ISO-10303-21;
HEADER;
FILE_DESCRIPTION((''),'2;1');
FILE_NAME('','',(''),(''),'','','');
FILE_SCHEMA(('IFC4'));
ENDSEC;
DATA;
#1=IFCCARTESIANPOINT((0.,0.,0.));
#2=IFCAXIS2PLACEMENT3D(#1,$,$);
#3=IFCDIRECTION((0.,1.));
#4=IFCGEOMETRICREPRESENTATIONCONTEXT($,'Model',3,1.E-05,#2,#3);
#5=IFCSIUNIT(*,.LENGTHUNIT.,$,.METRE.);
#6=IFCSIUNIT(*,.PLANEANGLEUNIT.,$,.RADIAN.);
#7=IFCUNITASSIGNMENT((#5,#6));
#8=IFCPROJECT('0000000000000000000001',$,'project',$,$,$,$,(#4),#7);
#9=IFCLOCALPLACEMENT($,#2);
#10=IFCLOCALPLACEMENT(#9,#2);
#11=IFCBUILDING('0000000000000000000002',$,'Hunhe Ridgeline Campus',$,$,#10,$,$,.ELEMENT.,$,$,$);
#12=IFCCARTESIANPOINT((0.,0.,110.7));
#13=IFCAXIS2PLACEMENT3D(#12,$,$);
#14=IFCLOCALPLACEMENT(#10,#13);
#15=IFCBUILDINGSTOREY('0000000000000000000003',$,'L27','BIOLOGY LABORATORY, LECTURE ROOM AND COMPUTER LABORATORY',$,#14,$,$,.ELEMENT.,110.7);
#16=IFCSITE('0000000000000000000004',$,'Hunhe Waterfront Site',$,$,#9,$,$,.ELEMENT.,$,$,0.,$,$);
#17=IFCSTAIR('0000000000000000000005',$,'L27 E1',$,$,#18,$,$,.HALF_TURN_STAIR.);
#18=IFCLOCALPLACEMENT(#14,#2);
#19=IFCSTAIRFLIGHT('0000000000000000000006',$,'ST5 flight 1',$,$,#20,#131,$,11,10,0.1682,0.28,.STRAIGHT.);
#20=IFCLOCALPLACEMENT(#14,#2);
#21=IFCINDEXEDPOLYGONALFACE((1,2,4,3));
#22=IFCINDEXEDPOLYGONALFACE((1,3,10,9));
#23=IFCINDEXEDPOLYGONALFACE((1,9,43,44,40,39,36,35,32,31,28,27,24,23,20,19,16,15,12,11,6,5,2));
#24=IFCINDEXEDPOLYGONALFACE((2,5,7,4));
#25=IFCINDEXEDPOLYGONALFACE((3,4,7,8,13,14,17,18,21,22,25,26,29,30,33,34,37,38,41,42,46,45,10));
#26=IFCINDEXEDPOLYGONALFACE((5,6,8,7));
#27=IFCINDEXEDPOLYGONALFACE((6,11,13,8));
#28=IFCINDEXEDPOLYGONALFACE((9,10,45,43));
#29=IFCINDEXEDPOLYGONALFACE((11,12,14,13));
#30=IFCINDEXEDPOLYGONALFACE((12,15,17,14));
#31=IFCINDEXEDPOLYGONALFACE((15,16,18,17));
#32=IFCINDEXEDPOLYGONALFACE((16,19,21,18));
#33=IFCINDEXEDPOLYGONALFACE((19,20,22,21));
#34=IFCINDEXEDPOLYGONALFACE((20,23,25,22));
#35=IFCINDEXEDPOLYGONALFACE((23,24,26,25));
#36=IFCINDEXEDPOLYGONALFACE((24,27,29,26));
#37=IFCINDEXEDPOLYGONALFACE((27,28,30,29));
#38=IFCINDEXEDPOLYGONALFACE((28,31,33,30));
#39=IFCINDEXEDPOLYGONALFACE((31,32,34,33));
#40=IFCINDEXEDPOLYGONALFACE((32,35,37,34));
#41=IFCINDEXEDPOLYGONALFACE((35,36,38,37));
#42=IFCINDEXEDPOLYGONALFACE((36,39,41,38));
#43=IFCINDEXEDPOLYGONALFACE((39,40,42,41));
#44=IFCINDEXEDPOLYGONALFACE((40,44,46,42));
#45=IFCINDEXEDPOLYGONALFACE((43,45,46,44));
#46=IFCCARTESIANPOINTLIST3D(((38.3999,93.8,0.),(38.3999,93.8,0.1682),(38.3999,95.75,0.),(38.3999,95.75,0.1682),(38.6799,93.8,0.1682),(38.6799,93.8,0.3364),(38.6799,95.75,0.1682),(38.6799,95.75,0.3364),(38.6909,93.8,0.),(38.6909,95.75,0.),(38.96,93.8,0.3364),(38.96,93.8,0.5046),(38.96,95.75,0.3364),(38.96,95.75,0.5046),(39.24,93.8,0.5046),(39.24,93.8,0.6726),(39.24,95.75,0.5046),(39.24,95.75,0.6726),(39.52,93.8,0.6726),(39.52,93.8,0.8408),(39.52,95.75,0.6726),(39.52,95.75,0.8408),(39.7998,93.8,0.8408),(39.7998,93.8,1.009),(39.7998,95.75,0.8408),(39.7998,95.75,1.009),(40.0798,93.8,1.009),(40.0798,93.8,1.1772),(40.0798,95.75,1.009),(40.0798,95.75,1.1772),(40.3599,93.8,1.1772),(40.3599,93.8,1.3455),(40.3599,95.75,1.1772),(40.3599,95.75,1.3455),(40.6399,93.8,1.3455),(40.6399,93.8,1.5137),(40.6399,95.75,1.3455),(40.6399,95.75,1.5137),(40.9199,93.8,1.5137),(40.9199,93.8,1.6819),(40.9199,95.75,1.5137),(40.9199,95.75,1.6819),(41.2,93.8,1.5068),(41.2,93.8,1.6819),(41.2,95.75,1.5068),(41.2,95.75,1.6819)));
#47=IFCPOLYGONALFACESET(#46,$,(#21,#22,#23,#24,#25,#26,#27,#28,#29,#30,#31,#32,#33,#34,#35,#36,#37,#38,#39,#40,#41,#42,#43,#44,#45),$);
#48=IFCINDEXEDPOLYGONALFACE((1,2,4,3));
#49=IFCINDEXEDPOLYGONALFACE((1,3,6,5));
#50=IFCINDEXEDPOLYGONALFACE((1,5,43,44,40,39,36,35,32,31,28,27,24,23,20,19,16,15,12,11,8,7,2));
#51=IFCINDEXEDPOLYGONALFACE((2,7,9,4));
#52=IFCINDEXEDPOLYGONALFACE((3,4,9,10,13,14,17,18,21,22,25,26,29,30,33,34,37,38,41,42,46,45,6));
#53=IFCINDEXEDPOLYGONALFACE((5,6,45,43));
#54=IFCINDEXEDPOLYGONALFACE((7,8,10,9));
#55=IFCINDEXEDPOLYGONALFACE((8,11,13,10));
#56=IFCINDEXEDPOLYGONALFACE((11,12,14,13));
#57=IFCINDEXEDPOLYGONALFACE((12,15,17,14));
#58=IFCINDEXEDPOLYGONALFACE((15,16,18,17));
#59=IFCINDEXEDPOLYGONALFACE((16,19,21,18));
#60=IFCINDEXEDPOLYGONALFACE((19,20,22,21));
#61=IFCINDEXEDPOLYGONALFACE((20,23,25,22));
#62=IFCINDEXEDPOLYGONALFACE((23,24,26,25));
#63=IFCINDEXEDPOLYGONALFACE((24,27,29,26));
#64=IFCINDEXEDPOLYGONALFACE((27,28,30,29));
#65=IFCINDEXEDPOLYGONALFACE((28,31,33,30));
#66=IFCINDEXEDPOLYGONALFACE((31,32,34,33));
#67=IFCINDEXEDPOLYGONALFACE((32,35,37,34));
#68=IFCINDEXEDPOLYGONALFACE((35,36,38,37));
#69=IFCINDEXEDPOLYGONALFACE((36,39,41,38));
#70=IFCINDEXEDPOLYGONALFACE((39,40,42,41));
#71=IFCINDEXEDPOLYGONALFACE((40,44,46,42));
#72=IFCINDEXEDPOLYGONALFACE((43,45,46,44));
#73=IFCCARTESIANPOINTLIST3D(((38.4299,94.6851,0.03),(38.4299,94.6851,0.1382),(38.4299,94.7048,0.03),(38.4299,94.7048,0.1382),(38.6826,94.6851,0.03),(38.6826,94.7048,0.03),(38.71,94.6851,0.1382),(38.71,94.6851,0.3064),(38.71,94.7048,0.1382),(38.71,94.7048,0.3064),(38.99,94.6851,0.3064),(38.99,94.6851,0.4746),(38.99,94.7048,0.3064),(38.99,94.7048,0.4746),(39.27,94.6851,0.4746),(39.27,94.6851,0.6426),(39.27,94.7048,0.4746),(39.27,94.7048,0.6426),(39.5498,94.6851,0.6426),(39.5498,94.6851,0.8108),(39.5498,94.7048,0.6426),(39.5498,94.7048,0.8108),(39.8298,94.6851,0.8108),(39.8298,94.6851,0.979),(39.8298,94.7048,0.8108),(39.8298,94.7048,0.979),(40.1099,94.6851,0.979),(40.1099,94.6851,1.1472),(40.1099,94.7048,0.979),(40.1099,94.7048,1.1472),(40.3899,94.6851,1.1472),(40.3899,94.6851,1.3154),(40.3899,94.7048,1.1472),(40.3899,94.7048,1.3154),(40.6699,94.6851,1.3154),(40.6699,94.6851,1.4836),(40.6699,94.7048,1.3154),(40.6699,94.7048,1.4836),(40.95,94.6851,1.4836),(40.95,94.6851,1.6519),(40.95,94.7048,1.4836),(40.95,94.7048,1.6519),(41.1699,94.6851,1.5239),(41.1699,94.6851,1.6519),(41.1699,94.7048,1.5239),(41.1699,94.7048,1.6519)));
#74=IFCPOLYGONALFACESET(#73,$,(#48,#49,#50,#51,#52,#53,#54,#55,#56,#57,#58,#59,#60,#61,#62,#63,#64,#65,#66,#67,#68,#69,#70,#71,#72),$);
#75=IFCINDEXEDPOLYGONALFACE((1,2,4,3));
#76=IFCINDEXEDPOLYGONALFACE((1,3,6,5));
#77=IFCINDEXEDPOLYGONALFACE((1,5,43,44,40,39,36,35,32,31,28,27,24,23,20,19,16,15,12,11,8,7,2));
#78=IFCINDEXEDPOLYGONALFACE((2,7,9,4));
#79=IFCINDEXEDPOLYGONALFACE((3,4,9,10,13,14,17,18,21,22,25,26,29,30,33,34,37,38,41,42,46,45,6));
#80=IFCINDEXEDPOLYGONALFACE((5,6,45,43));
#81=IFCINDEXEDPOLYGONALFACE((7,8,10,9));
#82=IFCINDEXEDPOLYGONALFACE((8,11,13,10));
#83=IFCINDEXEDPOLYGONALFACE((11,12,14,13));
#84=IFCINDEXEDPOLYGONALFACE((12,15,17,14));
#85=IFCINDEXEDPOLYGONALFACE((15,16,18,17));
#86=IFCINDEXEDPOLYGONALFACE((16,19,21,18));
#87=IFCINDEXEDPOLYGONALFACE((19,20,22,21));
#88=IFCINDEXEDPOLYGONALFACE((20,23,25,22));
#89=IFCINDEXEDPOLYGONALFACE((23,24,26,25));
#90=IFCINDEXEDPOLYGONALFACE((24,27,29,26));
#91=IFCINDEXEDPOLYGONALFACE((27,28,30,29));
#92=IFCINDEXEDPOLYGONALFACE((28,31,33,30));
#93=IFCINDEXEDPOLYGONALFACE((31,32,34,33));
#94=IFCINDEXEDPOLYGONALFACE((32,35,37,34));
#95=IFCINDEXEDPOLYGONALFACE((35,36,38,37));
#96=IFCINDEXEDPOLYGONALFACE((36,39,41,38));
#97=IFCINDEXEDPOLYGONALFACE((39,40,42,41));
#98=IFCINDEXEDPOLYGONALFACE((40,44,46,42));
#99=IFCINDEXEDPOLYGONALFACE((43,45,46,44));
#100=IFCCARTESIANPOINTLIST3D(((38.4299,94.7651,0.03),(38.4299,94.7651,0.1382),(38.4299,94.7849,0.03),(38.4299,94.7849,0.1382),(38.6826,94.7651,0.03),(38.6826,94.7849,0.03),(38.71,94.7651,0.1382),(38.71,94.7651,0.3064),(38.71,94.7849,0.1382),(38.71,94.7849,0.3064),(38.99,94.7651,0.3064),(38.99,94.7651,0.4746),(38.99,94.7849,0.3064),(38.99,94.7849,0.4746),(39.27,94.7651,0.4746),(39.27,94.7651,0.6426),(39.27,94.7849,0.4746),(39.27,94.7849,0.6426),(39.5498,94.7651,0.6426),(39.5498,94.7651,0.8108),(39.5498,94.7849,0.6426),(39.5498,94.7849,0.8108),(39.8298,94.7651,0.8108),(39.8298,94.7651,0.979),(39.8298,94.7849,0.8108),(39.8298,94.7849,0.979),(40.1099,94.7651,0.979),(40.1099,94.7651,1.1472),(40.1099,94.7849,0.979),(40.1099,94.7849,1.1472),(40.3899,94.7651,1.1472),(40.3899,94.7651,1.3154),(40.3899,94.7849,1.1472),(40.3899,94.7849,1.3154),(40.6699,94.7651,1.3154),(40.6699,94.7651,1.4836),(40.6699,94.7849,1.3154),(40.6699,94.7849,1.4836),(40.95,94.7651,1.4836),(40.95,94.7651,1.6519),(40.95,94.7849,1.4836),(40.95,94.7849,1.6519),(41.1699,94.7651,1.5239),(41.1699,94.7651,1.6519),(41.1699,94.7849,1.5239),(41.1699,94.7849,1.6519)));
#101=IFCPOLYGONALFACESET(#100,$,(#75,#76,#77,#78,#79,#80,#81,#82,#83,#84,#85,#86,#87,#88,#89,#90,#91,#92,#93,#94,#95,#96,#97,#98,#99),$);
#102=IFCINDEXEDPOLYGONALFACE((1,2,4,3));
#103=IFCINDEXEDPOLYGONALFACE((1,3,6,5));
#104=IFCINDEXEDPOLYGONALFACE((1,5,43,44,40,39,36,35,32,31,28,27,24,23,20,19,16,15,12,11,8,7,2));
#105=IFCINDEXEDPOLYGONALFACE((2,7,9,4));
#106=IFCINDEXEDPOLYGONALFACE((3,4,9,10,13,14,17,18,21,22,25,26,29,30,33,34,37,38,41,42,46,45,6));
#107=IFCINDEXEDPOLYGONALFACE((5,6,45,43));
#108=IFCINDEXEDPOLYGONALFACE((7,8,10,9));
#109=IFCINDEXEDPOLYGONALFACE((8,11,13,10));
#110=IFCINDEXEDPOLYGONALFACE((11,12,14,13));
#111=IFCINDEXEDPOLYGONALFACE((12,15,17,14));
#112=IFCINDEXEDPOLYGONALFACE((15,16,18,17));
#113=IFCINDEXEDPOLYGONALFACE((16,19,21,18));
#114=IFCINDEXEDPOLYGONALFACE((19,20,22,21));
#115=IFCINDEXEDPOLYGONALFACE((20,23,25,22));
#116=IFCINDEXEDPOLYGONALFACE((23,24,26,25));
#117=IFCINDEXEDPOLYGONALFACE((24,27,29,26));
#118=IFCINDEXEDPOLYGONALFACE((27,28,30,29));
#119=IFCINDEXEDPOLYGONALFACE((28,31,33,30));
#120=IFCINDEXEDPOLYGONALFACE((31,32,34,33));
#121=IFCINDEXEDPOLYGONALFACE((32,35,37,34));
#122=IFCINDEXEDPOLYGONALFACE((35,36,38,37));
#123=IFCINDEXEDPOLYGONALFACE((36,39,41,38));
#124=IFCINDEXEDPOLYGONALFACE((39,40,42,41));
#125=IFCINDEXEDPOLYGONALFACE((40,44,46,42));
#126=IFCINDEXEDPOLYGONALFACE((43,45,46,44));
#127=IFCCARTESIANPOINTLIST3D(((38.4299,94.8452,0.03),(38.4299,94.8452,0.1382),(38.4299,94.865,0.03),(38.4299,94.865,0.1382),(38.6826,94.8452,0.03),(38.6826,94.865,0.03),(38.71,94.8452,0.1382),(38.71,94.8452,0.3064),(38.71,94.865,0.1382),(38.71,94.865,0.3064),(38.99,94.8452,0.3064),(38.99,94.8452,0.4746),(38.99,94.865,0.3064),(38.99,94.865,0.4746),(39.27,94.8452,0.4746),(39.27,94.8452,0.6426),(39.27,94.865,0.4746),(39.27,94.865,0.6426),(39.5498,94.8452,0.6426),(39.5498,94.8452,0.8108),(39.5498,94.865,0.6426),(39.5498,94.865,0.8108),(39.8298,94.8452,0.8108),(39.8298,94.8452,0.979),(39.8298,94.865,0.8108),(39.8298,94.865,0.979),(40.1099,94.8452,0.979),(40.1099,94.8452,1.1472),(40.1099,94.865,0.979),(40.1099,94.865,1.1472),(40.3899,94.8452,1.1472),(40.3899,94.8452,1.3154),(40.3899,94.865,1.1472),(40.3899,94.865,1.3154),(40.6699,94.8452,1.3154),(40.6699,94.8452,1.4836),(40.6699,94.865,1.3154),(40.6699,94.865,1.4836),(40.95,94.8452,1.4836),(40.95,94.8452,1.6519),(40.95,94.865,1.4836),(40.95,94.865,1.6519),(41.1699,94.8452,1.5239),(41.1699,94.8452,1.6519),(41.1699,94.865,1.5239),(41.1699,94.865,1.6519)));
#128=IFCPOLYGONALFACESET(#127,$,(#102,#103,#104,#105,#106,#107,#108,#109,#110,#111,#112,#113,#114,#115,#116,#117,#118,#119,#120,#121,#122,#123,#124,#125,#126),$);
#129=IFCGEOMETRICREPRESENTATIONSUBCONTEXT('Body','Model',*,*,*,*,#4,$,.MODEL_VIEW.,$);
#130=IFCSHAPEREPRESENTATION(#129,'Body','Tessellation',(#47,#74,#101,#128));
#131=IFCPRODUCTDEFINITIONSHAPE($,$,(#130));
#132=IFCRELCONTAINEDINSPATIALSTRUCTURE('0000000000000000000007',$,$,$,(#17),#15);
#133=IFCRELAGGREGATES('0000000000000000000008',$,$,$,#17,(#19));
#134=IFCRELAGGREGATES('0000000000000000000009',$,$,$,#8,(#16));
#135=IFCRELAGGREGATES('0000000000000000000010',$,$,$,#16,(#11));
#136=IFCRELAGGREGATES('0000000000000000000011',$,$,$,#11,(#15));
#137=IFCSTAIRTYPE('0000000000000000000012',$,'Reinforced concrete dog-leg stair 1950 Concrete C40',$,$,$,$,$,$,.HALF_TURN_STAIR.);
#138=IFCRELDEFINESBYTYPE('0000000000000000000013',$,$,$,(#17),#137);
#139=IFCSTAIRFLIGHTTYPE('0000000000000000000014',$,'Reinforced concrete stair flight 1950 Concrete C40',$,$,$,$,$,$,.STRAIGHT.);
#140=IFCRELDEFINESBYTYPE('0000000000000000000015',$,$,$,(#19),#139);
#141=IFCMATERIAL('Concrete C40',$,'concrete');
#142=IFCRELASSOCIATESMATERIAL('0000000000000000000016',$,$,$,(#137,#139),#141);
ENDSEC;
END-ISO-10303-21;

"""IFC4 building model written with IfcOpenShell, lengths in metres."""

from ifc_helpers import new_model, si_unit, direction, frame, origin, place, context, subcontext, project, spatial, polyline, outline, extrude, material, type_object, element, aggregate, save


model = new_model("IFC4")

# Units and contexts
model_context = context("Model", 3, precision=1e-05, world=origin(), true_north=direction((0.0, 1.0)))
body_context = subcontext(model_context, "Body", "Model", "MODEL_VIEW")
ifc_project = project(units=[si_unit("LENGTHUNIT", "METRE"), si_unit("PLANEANGLEUNIT", "RADIAN")], contexts=[model_context])

# Site, building, storey
site_placement = place(None, origin())
site = spatial("IfcSite", under=ifc_project, at=site_placement, Name="Hunhe Waterfront Site", CompositionType="ELEMENT", RefElevation=0.0)
building_placement = place(site_placement, origin())
building = spatial("IfcBuilding", under=site, at=building_placement, Name="Hunhe Ridgeline Campus", CompositionType="ELEMENT")
storey_placement = place(building_placement, frame((0.0, 0.0, 110.7)))
storey = spatial("IfcBuildingStorey", under=building, at=storey_placement, Name="L27", Description="BIOLOGY LABORATORY, LECTURE ROOM AND COMPUTER LABORATORY", CompositionType="ELEMENT", Elevation=110.7)

# Shared definitions
ifc_material_1 = material(Name="Concrete C40", Category="concrete")
stair_type = type_object("IfcStairType", Name="Reinforced concrete dog-leg stair 1950 Concrete C40", PredefinedType="HALF_TURN_STAIR", material=ifc_material_1)
stair_flight_type = type_object("IfcStairFlightType", Name="Reinforced concrete stair flight 1950 Concrete C40", PredefinedType="STRAIGHT", material=ifc_material_1)

# Stair, stair flight
stair_1_placement = place(storey_placement, origin())
stair_1 = element("IfcStair", 1, at=stair_1_placement, inside=storey, type_object=stair_type, Name="L27 E1", PredefinedType="HALF_TURN_STAIR")
stair_flight_1_placement = place(storey_placement, frame((38.3999, 94.7749, 0.0), z_axis=(0.0, 0.0, 1.0), x_axis=(1.0, 0.0, 0.0)))
stair_flight_1 = element("IfcStairFlight", 2, at=stair_flight_1_placement, type_object=stair_flight_type, Name="ST5 flight 1", NumberOfRisers=11, NumberOfTreads=10, PredefinedType="STRAIGHT", RiserHeight=0.1682, TreadLength=0.28, context=body_context, shape_type="SweptSolid", body=[
    extrude(outline(polyline([(0.0, 0.0), (0.0, 0.1682), (0.28, 0.1682), (0.28, 0.3364), (0.5601, 0.3364), (0.5601, 0.5046), (0.8401, 0.5046), (0.8401, 0.6726), (1.1201, 0.6726), (1.1201, 0.8408), (1.3999, 0.8408), (1.3999, 1.009), (1.6799, 1.009), (1.6799, 1.1772), (1.96, 1.1772), (1.96, 1.3455), (2.24, 1.3455), (2.24, 1.5137), (2.52, 1.5137), (2.52, 1.6819), (2.8, 1.6819), (2.8, 1.8501), (2.8, 1.5068), (0.291, 0.0), (0.0, 0.0)])), frame((0.0, 0.9751, 0.0), z_axis=(0.0, -1.0, 0.0), x_axis=(1.0, 0.0, 0.0)), (0.0, 0.0, 1.0), 1.95),
    extrude(outline(polyline([(0.03, 0.03), (0.03, 0.1382), (0.3101, 0.1382), (0.3101, 0.3064), (0.5901, 0.3064), (0.5901, 0.4746), (0.8701, 0.4746), (0.8701, 0.6426), (1.1499, 0.6426), (1.1499, 0.8108), (1.4299, 0.8108), (1.4299, 0.979), (1.71, 0.979), (1.71, 1.1472), (1.99, 1.1472), (1.99, 1.3154), (2.27, 1.3154), (2.27, 1.4836), (2.55, 1.4836), (2.55, 1.6519), (2.77, 1.6519), (2.77, 1.5239), (0.2827, 0.03), (0.03, 0.03)])), frame((0.0, -0.0701, 0.0), z_axis=(0.0, -1.0, 0.0), x_axis=(1.0, 0.0, 0.0)), (0.0, 0.0, 1.0), 0.0198),
    extrude(outline(polyline([(0.03, 0.03), (0.03, 0.1382), (0.3101, 0.1382), (0.3101, 0.3064), (0.5901, 0.3064), (0.5901, 0.4746), (0.8701, 0.4746), (0.8701, 0.6426), (1.1499, 0.6426), (1.1499, 0.8108), (1.4299, 0.8108), (1.4299, 0.979), (1.71, 0.979), (1.71, 1.1472), (1.99, 1.1472), (1.99, 1.3154), (2.27, 1.3154), (2.27, 1.4836), (2.55, 1.4836), (2.55, 1.6519), (2.77, 1.6519), (2.77, 1.5239), (0.2827, 0.03), (0.03, 0.03)])), frame((0.0, 0.01, 0.0), z_axis=(0.0, -1.0, 0.0), x_axis=(1.0, 0.0, 0.0)), (0.0, 0.0, 1.0), 0.0198),
    extrude(outline(polyline([(0.03, 0.03), (0.03, 0.1382), (0.3101, 0.1382), (0.3101, 0.3064), (0.5901, 0.3064), (0.5901, 0.4746), (0.8701, 0.4746), (0.8701, 0.6426), (1.1499, 0.6426), (1.1499, 0.8108), (1.4299, 0.8108), (1.4299, 0.979), (1.71, 0.979), (1.71, 1.1472), (1.99, 1.1472), (1.99, 1.3154), (2.27, 1.3154), (2.27, 1.4836), (2.55, 1.4836), (2.55, 1.6519), (2.77, 1.6519), (2.77, 1.5239), (0.2827, 0.03), (0.03, 0.03)])), frame((0.0, 0.0901, 0.0), z_axis=(0.0, -1.0, 0.0), x_axis=(1.0, 0.0, 0.0)), (0.0, 0.0, 1.0), 0.0198),
])
aggregate(stair_1, [stair_flight_1])

save(model, "model.ifc")
